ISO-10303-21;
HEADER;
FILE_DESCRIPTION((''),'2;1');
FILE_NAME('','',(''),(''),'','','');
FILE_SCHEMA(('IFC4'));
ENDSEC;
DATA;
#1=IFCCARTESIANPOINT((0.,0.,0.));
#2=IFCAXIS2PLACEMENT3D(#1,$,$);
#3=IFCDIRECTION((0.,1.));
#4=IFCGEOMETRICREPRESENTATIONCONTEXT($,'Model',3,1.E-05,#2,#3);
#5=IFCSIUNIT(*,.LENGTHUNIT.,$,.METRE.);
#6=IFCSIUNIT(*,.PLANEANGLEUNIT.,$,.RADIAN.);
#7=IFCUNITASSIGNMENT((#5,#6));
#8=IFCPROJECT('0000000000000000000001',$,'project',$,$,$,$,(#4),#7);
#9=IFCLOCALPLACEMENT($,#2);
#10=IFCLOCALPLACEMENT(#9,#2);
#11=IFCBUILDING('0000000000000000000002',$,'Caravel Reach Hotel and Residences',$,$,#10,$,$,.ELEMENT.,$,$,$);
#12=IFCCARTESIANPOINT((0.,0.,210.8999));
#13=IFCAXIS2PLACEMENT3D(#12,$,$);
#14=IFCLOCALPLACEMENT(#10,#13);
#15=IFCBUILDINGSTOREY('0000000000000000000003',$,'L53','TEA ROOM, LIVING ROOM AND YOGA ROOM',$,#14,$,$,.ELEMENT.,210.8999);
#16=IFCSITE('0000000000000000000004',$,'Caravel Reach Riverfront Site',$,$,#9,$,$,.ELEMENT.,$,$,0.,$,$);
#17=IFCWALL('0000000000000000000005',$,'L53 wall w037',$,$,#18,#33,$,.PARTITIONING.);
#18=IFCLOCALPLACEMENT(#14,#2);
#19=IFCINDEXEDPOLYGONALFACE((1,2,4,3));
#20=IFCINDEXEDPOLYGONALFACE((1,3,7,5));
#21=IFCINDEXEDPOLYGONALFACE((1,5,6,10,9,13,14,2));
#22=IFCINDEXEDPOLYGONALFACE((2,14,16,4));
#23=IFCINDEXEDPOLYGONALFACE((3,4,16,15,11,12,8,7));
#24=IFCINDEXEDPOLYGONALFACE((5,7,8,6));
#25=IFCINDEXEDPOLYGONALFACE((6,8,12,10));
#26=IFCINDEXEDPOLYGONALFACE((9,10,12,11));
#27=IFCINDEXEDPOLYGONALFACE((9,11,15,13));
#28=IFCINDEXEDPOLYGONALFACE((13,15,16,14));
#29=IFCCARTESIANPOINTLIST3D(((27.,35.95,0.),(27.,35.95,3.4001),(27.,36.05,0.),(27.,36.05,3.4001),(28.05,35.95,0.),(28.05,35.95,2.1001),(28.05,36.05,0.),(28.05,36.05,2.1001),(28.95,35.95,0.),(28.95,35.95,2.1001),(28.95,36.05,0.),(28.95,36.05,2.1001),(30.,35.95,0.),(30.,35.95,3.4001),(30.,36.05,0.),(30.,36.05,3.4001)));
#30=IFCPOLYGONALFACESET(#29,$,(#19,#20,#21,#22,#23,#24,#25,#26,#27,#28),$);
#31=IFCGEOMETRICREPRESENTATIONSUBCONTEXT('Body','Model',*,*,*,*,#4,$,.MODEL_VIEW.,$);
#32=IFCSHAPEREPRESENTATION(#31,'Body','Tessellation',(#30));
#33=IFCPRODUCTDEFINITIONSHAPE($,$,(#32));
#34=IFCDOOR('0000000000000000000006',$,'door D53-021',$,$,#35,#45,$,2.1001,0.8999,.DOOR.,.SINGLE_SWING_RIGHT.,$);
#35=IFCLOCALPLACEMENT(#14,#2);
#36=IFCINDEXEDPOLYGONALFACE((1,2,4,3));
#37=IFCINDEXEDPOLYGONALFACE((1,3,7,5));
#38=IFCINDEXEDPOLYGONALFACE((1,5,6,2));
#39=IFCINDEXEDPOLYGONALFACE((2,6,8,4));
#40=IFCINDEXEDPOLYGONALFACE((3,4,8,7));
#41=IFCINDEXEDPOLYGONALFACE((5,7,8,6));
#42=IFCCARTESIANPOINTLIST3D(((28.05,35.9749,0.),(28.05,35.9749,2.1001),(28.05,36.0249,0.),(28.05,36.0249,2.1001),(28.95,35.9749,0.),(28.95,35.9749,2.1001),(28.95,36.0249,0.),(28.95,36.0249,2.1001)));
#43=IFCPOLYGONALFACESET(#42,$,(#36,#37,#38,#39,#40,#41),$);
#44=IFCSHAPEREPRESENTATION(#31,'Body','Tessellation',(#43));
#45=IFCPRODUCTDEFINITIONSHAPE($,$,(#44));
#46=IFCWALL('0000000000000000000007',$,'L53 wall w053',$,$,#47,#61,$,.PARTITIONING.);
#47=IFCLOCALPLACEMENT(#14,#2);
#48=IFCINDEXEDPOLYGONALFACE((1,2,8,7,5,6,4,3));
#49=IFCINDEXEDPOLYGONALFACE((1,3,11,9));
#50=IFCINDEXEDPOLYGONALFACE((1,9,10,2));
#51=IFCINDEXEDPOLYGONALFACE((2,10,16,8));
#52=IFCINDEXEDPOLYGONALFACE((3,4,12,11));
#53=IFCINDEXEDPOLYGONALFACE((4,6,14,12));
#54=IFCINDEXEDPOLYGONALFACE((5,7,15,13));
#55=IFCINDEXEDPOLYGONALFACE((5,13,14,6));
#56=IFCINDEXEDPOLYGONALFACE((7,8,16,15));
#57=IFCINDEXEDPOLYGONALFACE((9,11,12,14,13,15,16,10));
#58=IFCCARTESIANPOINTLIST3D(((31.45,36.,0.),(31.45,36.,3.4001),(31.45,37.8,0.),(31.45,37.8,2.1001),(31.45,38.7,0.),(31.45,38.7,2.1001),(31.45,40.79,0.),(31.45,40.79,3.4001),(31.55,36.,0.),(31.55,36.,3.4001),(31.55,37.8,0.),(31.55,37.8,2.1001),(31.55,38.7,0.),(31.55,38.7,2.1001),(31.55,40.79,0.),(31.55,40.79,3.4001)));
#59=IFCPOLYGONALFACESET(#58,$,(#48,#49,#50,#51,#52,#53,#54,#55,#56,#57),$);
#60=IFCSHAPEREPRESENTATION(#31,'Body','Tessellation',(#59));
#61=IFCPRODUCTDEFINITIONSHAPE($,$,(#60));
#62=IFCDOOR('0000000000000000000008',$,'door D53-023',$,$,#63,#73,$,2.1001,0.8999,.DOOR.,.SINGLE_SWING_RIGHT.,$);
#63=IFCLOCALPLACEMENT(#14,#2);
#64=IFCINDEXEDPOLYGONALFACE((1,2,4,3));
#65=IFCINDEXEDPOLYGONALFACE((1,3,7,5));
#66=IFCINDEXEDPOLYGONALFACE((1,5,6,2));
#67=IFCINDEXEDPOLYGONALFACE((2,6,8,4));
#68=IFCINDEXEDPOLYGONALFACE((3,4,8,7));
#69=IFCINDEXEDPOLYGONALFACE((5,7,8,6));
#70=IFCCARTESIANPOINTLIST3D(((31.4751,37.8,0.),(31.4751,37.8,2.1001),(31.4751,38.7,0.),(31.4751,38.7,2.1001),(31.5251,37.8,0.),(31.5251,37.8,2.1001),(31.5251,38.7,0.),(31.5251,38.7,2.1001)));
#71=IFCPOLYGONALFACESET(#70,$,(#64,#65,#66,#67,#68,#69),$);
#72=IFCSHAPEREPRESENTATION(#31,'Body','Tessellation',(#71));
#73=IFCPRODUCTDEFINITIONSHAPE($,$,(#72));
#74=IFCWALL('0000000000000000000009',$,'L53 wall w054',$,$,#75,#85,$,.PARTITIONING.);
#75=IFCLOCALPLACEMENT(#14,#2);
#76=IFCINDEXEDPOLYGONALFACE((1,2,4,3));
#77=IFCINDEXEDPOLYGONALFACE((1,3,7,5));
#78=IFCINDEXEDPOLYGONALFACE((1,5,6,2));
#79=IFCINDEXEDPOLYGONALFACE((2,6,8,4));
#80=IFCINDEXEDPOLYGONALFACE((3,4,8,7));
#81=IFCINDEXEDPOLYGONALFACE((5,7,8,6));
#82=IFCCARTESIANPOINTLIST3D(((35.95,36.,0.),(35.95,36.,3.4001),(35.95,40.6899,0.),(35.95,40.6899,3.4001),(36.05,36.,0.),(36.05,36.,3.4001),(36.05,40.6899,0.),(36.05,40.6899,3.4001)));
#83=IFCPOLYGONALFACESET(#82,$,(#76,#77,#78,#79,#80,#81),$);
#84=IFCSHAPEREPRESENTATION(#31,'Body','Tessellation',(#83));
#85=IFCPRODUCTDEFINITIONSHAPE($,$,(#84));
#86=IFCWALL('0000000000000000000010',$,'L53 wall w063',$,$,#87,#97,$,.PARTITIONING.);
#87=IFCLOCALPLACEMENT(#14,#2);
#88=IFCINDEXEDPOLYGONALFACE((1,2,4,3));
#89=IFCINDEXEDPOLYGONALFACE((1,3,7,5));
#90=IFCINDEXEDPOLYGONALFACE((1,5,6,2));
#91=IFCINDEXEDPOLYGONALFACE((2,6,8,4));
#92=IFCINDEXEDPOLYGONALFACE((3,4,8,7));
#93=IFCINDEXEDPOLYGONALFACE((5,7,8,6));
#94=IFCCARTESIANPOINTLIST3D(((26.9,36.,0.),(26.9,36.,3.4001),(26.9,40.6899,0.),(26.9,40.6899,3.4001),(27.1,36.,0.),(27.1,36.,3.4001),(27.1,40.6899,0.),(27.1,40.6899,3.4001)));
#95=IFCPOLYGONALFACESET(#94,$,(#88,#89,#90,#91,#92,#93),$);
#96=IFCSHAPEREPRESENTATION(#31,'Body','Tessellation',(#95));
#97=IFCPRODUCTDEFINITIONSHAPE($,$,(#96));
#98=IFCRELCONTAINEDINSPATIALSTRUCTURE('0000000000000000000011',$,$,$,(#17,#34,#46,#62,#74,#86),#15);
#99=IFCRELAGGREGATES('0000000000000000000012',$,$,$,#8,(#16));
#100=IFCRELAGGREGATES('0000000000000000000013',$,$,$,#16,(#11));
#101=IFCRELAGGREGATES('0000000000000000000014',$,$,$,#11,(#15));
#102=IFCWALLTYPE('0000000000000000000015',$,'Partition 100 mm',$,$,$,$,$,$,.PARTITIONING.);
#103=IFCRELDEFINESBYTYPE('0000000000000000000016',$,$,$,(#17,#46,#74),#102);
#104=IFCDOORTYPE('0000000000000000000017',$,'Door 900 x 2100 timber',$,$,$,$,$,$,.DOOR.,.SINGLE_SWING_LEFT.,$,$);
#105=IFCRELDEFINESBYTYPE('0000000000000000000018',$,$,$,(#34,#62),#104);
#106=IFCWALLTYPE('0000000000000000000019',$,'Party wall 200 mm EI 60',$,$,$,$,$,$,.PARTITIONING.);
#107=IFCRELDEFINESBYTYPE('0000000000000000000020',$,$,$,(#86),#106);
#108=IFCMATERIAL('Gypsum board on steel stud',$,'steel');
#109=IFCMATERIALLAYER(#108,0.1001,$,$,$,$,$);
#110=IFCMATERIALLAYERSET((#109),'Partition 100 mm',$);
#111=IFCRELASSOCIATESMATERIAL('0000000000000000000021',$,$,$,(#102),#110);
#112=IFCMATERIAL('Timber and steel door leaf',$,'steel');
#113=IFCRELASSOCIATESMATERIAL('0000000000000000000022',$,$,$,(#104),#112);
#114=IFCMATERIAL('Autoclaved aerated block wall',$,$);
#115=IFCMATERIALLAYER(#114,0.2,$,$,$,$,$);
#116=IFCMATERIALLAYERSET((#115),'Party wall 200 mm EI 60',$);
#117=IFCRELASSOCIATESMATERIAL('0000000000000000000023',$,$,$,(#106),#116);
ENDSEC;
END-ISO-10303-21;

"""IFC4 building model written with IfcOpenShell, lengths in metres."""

from ifc_helpers import new_model, si_unit, direction, frame, frame_2d, origin, place, context, subcontext, project, spatial, rectangle, extrude, material, layer, layer_set, type_object, element, fill, save


model = new_model("IFC4")

# Units and contexts
model_context = context("Model", 3, precision=1e-05, world=origin(), true_north=direction((0.0, 1.0)))
body_context = subcontext(model_context, "Body", "Model", "MODEL_VIEW")
ifc_project = project(units=[si_unit("LENGTHUNIT", "METRE"), si_unit("PLANEANGLEUNIT", "RADIAN")], contexts=[model_context])

# Site, building, storey
site_placement = place(None, origin())
site = spatial("IfcSite", under=ifc_project, at=site_placement, Name="Caravel Reach Riverfront Site", CompositionType="ELEMENT", RefElevation=0.0)
building_placement = place(site_placement, origin())
building = spatial("IfcBuilding", under=site, at=building_placement, Name="Caravel Reach Hotel and Residences", CompositionType="ELEMENT")
storey_placement = place(building_placement, frame((0.0, 0.0, 210.8999)))
storey = spatial("IfcBuildingStorey", under=building, at=storey_placement, Name="L53", Description="TEA ROOM, LIVING ROOM AND YOGA ROOM", CompositionType="ELEMENT", Elevation=210.8999)

# Shared definitions
ifc_material_1 = material(Name="Gypsum board on steel stud", Category="steel")
ifc_layer_1 = layer(ifc_material_1, 0.1001)
ifc_layer_set_1 = layer_set([ifc_layer_1], Name="Partition 100 mm")
wall_type_1 = type_object("IfcWallType", Name="Partition 100 mm", PredefinedType="PARTITIONING", material=ifc_layer_set_1)

# Walls, openings, doors
wall_1_placement = place(storey_placement, frame((27.0, 36.0, 0.0), z_axis=(0.0, 0.0, 1.0), x_axis=(1.0, 0.0, 0.0)))
wall_1 = element("IfcWall", 1, at=wall_1_placement, inside=storey, type_object=wall_type_1, Name="L53 wall w037", PredefinedType="PARTITIONING", context=body_context, shape_type="SweptSolid", body=[
    extrude(rectangle(XDim=3.0, YDim=0.1001, at=frame_2d((1.5, 0.0))), origin(), (0.0, 0.0, 1.0), 3.4001),
])
opening_1_placement = place(wall_1_placement, frame((1.05, 0.0, 0.0)))
opening_1 = element("IfcOpeningElement", 2, at=opening_1_placement, cuts=wall_1, PredefinedType="OPENING", context=body_context, shape_type="SweptSolid", body=[
    extrude(rectangle(XDim=0.8999, YDim=2.1001, at=frame_2d((0.45, 1.05))), frame((0.0, 0.0601, 0.0), z_axis=(0.0, -1.0, 0.0), x_axis=(1.0, 0.0, 0.0)), (0.0, 0.0, 1.0), 0.1201),
])
ifc_material_2 = material(Name="Timber and steel door leaf", Category="steel")
door_type_1 = type_object("IfcDoorType", Name="Door 900 x 2100 timber", OperationType="SINGLE_SWING_LEFT", PredefinedType="DOOR", material=ifc_material_2)
door_1_placement = place(opening_1_placement, origin())
door_1 = element("IfcDoor", 3, at=door_1_placement, inside=storey, type_object=door_type_1, Name="door D53-021", OperationType="SINGLE_SWING_RIGHT", OverallHeight=2.1001, OverallWidth=0.8999, PredefinedType="DOOR", context=body_context, shape_type="SweptSolid", body=[
    extrude(rectangle(XDim=0.8999, YDim=2.1001, at=frame_2d((0.45, 1.05))), frame((0.0, 0.0249, 0.0), z_axis=(0.0, -1.0, 0.0), x_axis=(1.0, 0.0, 0.0)), (0.0, 0.0, 1.0), 0.05),
])
fill(opening_1, door_1)
wall_2_placement = place(storey_placement, frame((31.5, 36.0, 0.0), z_axis=(0.0, 0.0, 1.0), x_axis=(0.0, 1.0, 0.0)))
wall_2 = element("IfcWall", 4, at=wall_2_placement, inside=storey, type_object=wall_type_1, Name="L53 wall w053", PredefinedType="PARTITIONING", context=body_context, shape_type="SweptSolid", body=[
    extrude(rectangle(XDim=4.79, YDim=0.1001, at=frame_2d((2.395, 0.0))), origin(), (0.0, 0.0, 1.0), 3.4001),
])
opening_2_placement = place(wall_2_placement, frame((1.8, 0.0, 0.0)))
opening_2 = element("IfcOpeningElement", 5, at=opening_2_placement, cuts=wall_2, PredefinedType="OPENING", context=body_context, shape_type="SweptSolid", body=[
    extrude(rectangle(XDim=0.8999, YDim=2.1001, at=frame_2d((0.45, 1.05))), frame((0.0, 0.0601, 0.0), z_axis=(0.0, -1.0, 0.0), x_axis=(1.0, 0.0, 0.0)), (0.0, 0.0, 1.0), 0.1201),
])
door_2_placement = place(opening_2_placement, origin())
door_2 = element("IfcDoor", 6, at=door_2_placement, inside=storey, type_object=door_type_1, Name="door D53-023", OperationType="SINGLE_SWING_RIGHT", OverallHeight=2.1001, OverallWidth=0.8999, PredefinedType="DOOR", context=body_context, shape_type="SweptSolid", body=[
    extrude(rectangle(XDim=0.8999, YDim=2.1001, at=frame_2d((0.45, 1.05))), frame((0.0, 0.0249, 0.0), z_axis=(0.0, -1.0, 0.0), x_axis=(1.0, 0.0, 0.0)), (0.0, 0.0, 1.0), 0.05),
])
fill(opening_2, door_2)

# Walls
wall_3_placement = place(storey_placement, frame((36.0, 36.0, 0.0), z_axis=(0.0, 0.0, 1.0), x_axis=(0.0, 1.0, 0.0)))
element("IfcWall", 7, at=wall_3_placement, inside=storey, type_object=wall_type_1, Name="L53 wall w054", PredefinedType="PARTITIONING", context=body_context, shape_type="SweptSolid", body=[
    extrude(rectangle(XDim=4.6899, YDim=0.1001, at=frame_2d((2.345, 0.0))), origin(), (0.0, 0.0, 1.0), 3.4001),
])
ifc_material_3 = material(Name="Autoclaved aerated block wall")
ifc_layer_2 = layer(ifc_material_3, 0.2)
ifc_layer_set_2 = layer_set([ifc_layer_2], Name="Party wall 200 mm EI 60")
wall_type_2 = type_object("IfcWallType", Name="Party wall 200 mm EI 60", PredefinedType="PARTITIONING", material=ifc_layer_set_2)
wall_4_placement = place(storey_placement, frame((27.0, 36.0, 0.0), z_axis=(0.0, 0.0, 1.0), x_axis=(0.0, 1.0, 0.0)))
element("IfcWall", 8, at=wall_4_placement, inside=storey, type_object=wall_type_2, Name="L53 wall w063", PredefinedType="PARTITIONING", context=body_context, shape_type="SweptSolid", body=[
    extrude(rectangle(XDim=4.6899, YDim=0.2, at=frame_2d((2.345, 0.0))), origin(), (0.0, 0.0, 1.0), 3.4001),
])

save(model, "model.ifc")
